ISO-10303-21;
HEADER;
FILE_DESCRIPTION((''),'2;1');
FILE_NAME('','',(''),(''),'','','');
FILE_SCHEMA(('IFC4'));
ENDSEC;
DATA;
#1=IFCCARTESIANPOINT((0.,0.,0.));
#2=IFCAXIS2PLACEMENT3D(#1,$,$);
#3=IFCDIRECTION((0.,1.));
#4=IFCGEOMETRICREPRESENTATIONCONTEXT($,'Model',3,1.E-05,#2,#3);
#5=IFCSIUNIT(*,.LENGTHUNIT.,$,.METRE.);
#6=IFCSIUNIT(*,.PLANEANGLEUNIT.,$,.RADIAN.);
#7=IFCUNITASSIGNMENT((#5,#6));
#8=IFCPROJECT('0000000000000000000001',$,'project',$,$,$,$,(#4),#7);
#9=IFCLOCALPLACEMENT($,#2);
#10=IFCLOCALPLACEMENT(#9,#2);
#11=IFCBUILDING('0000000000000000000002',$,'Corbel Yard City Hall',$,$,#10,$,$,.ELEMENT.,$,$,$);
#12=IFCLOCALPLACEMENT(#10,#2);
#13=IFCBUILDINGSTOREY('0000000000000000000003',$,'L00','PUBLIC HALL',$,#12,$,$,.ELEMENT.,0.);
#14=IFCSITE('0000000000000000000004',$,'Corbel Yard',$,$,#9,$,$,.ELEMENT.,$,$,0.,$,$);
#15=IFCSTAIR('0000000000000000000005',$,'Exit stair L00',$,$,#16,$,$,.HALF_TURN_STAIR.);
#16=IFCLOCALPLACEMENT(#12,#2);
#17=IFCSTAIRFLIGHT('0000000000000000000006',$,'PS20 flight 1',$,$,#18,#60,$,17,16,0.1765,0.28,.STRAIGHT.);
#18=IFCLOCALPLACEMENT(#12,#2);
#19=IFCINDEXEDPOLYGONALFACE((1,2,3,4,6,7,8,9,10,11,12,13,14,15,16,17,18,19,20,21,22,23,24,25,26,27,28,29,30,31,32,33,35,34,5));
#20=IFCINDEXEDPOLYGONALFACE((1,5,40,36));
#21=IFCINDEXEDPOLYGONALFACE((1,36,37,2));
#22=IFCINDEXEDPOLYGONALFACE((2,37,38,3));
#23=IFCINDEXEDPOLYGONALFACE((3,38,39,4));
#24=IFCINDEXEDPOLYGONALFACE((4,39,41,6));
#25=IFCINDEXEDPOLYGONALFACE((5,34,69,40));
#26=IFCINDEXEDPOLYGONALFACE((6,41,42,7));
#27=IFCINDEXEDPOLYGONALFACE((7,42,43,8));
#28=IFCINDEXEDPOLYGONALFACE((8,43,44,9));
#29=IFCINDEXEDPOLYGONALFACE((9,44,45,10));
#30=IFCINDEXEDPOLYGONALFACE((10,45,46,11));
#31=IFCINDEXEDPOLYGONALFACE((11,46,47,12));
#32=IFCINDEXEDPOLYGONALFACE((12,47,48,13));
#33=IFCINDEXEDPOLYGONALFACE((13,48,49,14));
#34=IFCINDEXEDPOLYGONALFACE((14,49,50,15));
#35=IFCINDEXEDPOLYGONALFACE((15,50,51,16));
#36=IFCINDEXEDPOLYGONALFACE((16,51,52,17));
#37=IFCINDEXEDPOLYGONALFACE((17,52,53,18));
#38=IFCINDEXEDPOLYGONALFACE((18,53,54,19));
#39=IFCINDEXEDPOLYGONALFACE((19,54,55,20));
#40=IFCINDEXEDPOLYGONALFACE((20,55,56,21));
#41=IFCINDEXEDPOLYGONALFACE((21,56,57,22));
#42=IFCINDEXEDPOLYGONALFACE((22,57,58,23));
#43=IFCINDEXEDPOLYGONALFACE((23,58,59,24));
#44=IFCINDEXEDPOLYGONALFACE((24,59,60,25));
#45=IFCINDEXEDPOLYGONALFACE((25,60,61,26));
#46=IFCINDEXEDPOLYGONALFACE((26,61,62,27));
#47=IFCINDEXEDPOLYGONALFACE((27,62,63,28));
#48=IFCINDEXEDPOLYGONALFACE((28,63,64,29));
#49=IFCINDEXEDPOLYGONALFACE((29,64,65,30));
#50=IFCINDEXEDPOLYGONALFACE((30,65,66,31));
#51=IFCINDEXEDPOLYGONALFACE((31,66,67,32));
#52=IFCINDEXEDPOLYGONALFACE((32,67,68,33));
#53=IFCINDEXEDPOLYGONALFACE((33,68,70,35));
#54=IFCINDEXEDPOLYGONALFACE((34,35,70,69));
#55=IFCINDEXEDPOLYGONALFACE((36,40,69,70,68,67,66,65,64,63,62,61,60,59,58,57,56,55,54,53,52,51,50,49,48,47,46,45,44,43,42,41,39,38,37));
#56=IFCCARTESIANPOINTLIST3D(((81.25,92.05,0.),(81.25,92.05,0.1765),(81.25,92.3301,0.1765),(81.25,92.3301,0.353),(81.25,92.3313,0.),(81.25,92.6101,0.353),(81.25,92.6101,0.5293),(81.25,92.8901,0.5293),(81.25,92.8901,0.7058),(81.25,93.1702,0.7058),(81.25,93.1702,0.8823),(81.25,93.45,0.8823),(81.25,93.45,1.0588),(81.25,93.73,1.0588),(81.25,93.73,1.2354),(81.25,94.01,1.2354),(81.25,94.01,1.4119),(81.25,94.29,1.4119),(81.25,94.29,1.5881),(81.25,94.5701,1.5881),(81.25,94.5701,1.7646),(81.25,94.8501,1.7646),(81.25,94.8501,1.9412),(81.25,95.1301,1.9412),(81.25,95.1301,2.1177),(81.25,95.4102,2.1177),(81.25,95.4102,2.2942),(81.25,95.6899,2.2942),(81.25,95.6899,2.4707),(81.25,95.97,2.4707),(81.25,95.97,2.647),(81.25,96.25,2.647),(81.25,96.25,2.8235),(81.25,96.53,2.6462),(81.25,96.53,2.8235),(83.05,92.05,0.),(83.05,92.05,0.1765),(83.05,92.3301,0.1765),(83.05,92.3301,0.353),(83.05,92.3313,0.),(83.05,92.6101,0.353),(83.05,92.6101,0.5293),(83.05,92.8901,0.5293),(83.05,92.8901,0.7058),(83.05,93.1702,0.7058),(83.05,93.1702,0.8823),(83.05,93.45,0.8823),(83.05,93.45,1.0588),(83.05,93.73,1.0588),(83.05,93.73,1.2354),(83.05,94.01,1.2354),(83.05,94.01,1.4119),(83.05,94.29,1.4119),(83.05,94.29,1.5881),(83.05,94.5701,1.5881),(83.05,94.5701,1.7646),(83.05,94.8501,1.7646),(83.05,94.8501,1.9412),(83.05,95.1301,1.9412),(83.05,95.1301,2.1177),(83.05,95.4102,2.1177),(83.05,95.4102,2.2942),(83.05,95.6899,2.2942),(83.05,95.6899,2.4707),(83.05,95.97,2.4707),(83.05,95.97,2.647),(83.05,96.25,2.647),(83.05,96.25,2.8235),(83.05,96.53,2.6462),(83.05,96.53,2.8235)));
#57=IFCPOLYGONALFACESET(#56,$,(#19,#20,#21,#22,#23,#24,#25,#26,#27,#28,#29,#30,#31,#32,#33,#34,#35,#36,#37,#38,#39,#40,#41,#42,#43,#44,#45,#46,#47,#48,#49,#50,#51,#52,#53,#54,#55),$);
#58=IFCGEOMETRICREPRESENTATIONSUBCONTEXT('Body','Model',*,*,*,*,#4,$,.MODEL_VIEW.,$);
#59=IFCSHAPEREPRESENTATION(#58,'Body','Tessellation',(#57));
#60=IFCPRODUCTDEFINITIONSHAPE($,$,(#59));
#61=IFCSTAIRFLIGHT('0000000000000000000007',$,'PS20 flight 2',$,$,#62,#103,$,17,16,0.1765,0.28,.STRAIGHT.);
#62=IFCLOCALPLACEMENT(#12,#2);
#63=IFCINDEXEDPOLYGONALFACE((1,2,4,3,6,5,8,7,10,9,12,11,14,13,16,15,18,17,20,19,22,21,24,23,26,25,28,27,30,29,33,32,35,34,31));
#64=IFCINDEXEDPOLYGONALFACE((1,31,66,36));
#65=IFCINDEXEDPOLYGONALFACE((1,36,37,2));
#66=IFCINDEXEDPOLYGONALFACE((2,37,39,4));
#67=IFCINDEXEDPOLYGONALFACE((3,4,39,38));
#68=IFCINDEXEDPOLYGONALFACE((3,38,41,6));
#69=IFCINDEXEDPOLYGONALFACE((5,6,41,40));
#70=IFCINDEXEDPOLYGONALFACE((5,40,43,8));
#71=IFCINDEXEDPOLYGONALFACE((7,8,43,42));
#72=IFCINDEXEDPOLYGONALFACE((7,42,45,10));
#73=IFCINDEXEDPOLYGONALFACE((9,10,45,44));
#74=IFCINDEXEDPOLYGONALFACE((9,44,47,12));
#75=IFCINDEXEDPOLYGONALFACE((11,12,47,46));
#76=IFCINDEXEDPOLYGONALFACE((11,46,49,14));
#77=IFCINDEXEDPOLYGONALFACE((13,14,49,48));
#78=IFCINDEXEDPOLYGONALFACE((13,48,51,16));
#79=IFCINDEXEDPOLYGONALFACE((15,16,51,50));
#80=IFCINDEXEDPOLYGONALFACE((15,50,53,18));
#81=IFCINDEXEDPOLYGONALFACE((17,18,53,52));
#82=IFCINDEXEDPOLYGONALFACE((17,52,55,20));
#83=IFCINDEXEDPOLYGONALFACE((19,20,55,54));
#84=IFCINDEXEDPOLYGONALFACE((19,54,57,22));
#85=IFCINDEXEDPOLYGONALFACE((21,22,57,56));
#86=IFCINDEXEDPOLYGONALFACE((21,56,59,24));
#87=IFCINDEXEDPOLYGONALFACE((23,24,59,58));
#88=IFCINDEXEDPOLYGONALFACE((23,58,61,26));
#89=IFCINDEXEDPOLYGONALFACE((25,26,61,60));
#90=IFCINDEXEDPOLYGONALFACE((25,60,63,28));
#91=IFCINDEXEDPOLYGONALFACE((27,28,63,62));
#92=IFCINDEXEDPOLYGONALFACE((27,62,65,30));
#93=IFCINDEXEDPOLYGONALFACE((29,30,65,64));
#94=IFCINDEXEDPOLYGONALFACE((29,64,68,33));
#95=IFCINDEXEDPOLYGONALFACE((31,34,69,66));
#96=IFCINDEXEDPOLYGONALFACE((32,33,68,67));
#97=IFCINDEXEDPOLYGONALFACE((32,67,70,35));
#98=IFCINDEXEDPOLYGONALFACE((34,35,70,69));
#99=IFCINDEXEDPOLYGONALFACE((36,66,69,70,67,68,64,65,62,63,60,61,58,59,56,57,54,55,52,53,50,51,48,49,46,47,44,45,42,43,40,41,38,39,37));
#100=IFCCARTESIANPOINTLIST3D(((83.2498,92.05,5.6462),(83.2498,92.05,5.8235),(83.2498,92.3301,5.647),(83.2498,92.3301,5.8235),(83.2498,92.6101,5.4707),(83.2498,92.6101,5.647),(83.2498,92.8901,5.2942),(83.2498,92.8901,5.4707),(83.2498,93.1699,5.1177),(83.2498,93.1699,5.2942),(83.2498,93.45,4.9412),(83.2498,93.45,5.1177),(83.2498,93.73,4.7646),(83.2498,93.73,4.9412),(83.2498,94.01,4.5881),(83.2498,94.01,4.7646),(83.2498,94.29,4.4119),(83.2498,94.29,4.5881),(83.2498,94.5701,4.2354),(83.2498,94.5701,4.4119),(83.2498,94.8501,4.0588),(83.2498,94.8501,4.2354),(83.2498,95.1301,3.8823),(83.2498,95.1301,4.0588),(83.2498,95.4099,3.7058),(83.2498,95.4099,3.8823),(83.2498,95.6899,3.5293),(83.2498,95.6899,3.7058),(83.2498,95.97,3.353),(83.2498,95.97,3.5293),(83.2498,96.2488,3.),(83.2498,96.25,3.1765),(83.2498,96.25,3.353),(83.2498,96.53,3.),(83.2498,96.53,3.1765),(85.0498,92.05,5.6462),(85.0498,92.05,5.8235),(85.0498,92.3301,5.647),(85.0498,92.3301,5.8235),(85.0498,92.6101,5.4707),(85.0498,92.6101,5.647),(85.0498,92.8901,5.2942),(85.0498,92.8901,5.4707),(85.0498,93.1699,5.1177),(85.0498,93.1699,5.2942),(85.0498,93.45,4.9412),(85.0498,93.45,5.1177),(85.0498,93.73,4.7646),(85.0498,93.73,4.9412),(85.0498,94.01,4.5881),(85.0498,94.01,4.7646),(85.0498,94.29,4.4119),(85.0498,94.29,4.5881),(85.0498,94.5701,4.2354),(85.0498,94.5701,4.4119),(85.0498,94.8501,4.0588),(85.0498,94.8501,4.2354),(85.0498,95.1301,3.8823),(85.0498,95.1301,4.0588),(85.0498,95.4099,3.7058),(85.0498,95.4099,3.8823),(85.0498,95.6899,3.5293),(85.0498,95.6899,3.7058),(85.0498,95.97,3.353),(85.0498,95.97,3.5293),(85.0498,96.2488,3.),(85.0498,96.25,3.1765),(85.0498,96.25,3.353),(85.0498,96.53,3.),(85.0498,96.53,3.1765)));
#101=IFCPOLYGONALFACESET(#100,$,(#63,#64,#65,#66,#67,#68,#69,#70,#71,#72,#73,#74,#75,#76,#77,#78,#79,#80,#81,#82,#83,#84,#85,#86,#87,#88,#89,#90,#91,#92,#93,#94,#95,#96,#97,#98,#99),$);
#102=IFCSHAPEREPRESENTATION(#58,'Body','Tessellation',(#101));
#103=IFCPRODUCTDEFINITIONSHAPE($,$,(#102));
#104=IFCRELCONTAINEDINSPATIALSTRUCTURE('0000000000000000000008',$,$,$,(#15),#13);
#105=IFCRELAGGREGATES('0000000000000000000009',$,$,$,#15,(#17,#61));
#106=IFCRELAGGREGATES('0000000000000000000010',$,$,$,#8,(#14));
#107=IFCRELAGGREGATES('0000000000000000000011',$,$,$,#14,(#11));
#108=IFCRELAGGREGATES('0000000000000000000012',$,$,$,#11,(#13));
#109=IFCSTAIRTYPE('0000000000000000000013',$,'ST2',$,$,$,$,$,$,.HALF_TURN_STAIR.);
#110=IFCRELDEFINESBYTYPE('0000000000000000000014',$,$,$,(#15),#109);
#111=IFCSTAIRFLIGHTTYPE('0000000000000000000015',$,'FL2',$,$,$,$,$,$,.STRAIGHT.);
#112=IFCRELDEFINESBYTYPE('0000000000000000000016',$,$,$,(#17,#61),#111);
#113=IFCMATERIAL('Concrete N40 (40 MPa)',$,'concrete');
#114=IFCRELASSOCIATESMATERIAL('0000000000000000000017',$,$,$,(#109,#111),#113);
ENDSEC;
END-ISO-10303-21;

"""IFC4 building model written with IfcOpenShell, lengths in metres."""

from ifc_helpers import new_model, si_unit, direction, frame, origin, place, context, subcontext, project, spatial, polyline, outline, extrude, material, type_object, element, aggregate, save


model = new_model("IFC4")

# Units and contexts
model_context = context("Model", 3, precision=1e-05, world=origin(), true_north=direction((0.0, 1.0)))
body_context = subcontext(model_context, "Body", "Model", "MODEL_VIEW")
ifc_project = project(units=[si_unit("LENGTHUNIT", "METRE"), si_unit("PLANEANGLEUNIT", "RADIAN")], contexts=[model_context])

# Site, building, storey
site_placement = place(None, origin())
site = spatial("IfcSite", under=ifc_project, at=site_placement, Name="Corbel Yard", CompositionType="ELEMENT", RefElevation=0.0)
building_placement = place(site_placement, origin())
building = spatial("IfcBuilding", under=site, at=building_placement, Name="Corbel Yard City Hall", CompositionType="ELEMENT")
storey_placement = place(building_placement, origin())
storey = spatial("IfcBuildingStorey", under=building, at=storey_placement, Name="L00", Description="PUBLIC HALL", CompositionType="ELEMENT", Elevation=0.0)

# Shared definitions
ifc_material_1 = material(Name="Concrete N40 (40 MPa)", Category="concrete")

# Stair, stair flights
stair_type = type_object("IfcStairType", Name="ST2", PredefinedType="HALF_TURN_STAIR", material=ifc_material_1)
stair_placement = place(storey_placement, origin())
stair = element("IfcStair", 1, at=stair_placement, inside=storey, type_object=stair_type, Name="Exit stair L00", PredefinedType="HALF_TURN_STAIR")
stair_flight_type = type_object("IfcStairFlightType", Name="FL2", PredefinedType="STRAIGHT", material=ifc_material_1)
stair_flight_1_placement = place(storey_placement, frame((82.1499, 92.05, 0.0), z_axis=(0.0, 0.0, 1.0), x_axis=(0.0, 1.0, 0.0)))
stair_flight_1 = element("IfcStairFlight", 2, at=stair_flight_1_placement, type_object=stair_flight_type, Name="PS20 flight 1", NumberOfRisers=17, NumberOfTreads=16, PredefinedType="STRAIGHT", RiserHeight=0.1765, TreadLength=0.28, context=body_context, shape_type="SweptSolid", body=[
    extrude(outline(polyline([(0.0, 0.0), (0.0, 0.1765), (0.28, 0.1765), (0.28, 0.353), (0.5601, 0.353), (0.5601, 0.5293), (0.8401, 0.5293), (0.8401, 0.7058), (1.1201, 0.7058), (1.1201, 0.8823), (1.3999, 0.8823), (1.3999, 1.0588), (1.6799, 1.0588), (1.6799, 1.2354), (1.96, 1.2354), (1.96, 1.4119), (2.24, 1.4119), (2.24, 1.5881), (2.52, 1.5881), (2.52, 1.7646), (2.8, 1.7646), (2.8, 1.9412), (3.0801, 1.9412), (3.0801, 2.1177), (3.3601, 2.1177), (3.3601, 2.2942), (3.6399, 2.2942), (3.6399, 2.4707), (3.9199, 2.4707), (3.9199, 2.647), (4.2, 2.647), (4.2, 2.8235), (4.48, 2.8235), (4.48, 3.0), (4.48, 2.6462), (0.2812, 0.0), (0.0, 0.0)])), frame((0.0, 0.8999, 0.0), z_axis=(0.0, -1.0, 0.0), x_axis=(1.0, 0.0, 0.0)), (0.0, 0.0, 1.0), 1.8),
])
stair_flight_2_placement = place(storey_placement, frame((84.1499, 96.53, 3.0), z_axis=(0.0, 0.0, 1.0), x_axis=(0.0, -1.0, 0.0)))
stair_flight_2 = element("IfcStairFlight", 3, at=stair_flight_2_placement, type_object=stair_flight_type, Name="PS20 flight 2", NumberOfRisers=17, NumberOfTreads=16, PredefinedType="STRAIGHT", RiserHeight=0.1765, TreadLength=0.28, context=body_context, shape_type="SweptSolid", body=[
    extrude(outline(polyline([(0.0, 0.0), (0.0, 0.1765), (0.28, 0.1765), (0.28, 0.353), (0.5601, 0.353), (0.5601, 0.5293), (0.8401, 0.5293), (0.8401, 0.7058), (1.1201, 0.7058), (1.1201, 0.8823), (1.3999, 0.8823), (1.3999, 1.0588), (1.6799, 1.0588), (1.6799, 1.2354), (1.96, 1.2354), (1.96, 1.4119), (2.24, 1.4119), (2.24, 1.5881), (2.52, 1.5881), (2.52, 1.7646), (2.8, 1.7646), (2.8, 1.9412), (3.0801, 1.9412), (3.0801, 2.1177), (3.3601, 2.1177), (3.3601, 2.2942), (3.6399, 2.2942), (3.6399, 2.4707), (3.9199, 2.4707), (3.9199, 2.647), (4.2, 2.647), (4.2, 2.8235), (4.48, 2.8235), (4.48, 3.0), (4.48, 2.6462), (0.2812, 0.0), (0.0, 0.0)])), frame((0.0, 0.8999, 0.0), z_axis=(0.0, -1.0, 0.0), x_axis=(1.0, 0.0, 0.0)), (0.0, 0.0, 1.0), 1.8),
])
aggregate(stair, [stair_flight_1, stair_flight_2])

save(model, "model.ifc")
